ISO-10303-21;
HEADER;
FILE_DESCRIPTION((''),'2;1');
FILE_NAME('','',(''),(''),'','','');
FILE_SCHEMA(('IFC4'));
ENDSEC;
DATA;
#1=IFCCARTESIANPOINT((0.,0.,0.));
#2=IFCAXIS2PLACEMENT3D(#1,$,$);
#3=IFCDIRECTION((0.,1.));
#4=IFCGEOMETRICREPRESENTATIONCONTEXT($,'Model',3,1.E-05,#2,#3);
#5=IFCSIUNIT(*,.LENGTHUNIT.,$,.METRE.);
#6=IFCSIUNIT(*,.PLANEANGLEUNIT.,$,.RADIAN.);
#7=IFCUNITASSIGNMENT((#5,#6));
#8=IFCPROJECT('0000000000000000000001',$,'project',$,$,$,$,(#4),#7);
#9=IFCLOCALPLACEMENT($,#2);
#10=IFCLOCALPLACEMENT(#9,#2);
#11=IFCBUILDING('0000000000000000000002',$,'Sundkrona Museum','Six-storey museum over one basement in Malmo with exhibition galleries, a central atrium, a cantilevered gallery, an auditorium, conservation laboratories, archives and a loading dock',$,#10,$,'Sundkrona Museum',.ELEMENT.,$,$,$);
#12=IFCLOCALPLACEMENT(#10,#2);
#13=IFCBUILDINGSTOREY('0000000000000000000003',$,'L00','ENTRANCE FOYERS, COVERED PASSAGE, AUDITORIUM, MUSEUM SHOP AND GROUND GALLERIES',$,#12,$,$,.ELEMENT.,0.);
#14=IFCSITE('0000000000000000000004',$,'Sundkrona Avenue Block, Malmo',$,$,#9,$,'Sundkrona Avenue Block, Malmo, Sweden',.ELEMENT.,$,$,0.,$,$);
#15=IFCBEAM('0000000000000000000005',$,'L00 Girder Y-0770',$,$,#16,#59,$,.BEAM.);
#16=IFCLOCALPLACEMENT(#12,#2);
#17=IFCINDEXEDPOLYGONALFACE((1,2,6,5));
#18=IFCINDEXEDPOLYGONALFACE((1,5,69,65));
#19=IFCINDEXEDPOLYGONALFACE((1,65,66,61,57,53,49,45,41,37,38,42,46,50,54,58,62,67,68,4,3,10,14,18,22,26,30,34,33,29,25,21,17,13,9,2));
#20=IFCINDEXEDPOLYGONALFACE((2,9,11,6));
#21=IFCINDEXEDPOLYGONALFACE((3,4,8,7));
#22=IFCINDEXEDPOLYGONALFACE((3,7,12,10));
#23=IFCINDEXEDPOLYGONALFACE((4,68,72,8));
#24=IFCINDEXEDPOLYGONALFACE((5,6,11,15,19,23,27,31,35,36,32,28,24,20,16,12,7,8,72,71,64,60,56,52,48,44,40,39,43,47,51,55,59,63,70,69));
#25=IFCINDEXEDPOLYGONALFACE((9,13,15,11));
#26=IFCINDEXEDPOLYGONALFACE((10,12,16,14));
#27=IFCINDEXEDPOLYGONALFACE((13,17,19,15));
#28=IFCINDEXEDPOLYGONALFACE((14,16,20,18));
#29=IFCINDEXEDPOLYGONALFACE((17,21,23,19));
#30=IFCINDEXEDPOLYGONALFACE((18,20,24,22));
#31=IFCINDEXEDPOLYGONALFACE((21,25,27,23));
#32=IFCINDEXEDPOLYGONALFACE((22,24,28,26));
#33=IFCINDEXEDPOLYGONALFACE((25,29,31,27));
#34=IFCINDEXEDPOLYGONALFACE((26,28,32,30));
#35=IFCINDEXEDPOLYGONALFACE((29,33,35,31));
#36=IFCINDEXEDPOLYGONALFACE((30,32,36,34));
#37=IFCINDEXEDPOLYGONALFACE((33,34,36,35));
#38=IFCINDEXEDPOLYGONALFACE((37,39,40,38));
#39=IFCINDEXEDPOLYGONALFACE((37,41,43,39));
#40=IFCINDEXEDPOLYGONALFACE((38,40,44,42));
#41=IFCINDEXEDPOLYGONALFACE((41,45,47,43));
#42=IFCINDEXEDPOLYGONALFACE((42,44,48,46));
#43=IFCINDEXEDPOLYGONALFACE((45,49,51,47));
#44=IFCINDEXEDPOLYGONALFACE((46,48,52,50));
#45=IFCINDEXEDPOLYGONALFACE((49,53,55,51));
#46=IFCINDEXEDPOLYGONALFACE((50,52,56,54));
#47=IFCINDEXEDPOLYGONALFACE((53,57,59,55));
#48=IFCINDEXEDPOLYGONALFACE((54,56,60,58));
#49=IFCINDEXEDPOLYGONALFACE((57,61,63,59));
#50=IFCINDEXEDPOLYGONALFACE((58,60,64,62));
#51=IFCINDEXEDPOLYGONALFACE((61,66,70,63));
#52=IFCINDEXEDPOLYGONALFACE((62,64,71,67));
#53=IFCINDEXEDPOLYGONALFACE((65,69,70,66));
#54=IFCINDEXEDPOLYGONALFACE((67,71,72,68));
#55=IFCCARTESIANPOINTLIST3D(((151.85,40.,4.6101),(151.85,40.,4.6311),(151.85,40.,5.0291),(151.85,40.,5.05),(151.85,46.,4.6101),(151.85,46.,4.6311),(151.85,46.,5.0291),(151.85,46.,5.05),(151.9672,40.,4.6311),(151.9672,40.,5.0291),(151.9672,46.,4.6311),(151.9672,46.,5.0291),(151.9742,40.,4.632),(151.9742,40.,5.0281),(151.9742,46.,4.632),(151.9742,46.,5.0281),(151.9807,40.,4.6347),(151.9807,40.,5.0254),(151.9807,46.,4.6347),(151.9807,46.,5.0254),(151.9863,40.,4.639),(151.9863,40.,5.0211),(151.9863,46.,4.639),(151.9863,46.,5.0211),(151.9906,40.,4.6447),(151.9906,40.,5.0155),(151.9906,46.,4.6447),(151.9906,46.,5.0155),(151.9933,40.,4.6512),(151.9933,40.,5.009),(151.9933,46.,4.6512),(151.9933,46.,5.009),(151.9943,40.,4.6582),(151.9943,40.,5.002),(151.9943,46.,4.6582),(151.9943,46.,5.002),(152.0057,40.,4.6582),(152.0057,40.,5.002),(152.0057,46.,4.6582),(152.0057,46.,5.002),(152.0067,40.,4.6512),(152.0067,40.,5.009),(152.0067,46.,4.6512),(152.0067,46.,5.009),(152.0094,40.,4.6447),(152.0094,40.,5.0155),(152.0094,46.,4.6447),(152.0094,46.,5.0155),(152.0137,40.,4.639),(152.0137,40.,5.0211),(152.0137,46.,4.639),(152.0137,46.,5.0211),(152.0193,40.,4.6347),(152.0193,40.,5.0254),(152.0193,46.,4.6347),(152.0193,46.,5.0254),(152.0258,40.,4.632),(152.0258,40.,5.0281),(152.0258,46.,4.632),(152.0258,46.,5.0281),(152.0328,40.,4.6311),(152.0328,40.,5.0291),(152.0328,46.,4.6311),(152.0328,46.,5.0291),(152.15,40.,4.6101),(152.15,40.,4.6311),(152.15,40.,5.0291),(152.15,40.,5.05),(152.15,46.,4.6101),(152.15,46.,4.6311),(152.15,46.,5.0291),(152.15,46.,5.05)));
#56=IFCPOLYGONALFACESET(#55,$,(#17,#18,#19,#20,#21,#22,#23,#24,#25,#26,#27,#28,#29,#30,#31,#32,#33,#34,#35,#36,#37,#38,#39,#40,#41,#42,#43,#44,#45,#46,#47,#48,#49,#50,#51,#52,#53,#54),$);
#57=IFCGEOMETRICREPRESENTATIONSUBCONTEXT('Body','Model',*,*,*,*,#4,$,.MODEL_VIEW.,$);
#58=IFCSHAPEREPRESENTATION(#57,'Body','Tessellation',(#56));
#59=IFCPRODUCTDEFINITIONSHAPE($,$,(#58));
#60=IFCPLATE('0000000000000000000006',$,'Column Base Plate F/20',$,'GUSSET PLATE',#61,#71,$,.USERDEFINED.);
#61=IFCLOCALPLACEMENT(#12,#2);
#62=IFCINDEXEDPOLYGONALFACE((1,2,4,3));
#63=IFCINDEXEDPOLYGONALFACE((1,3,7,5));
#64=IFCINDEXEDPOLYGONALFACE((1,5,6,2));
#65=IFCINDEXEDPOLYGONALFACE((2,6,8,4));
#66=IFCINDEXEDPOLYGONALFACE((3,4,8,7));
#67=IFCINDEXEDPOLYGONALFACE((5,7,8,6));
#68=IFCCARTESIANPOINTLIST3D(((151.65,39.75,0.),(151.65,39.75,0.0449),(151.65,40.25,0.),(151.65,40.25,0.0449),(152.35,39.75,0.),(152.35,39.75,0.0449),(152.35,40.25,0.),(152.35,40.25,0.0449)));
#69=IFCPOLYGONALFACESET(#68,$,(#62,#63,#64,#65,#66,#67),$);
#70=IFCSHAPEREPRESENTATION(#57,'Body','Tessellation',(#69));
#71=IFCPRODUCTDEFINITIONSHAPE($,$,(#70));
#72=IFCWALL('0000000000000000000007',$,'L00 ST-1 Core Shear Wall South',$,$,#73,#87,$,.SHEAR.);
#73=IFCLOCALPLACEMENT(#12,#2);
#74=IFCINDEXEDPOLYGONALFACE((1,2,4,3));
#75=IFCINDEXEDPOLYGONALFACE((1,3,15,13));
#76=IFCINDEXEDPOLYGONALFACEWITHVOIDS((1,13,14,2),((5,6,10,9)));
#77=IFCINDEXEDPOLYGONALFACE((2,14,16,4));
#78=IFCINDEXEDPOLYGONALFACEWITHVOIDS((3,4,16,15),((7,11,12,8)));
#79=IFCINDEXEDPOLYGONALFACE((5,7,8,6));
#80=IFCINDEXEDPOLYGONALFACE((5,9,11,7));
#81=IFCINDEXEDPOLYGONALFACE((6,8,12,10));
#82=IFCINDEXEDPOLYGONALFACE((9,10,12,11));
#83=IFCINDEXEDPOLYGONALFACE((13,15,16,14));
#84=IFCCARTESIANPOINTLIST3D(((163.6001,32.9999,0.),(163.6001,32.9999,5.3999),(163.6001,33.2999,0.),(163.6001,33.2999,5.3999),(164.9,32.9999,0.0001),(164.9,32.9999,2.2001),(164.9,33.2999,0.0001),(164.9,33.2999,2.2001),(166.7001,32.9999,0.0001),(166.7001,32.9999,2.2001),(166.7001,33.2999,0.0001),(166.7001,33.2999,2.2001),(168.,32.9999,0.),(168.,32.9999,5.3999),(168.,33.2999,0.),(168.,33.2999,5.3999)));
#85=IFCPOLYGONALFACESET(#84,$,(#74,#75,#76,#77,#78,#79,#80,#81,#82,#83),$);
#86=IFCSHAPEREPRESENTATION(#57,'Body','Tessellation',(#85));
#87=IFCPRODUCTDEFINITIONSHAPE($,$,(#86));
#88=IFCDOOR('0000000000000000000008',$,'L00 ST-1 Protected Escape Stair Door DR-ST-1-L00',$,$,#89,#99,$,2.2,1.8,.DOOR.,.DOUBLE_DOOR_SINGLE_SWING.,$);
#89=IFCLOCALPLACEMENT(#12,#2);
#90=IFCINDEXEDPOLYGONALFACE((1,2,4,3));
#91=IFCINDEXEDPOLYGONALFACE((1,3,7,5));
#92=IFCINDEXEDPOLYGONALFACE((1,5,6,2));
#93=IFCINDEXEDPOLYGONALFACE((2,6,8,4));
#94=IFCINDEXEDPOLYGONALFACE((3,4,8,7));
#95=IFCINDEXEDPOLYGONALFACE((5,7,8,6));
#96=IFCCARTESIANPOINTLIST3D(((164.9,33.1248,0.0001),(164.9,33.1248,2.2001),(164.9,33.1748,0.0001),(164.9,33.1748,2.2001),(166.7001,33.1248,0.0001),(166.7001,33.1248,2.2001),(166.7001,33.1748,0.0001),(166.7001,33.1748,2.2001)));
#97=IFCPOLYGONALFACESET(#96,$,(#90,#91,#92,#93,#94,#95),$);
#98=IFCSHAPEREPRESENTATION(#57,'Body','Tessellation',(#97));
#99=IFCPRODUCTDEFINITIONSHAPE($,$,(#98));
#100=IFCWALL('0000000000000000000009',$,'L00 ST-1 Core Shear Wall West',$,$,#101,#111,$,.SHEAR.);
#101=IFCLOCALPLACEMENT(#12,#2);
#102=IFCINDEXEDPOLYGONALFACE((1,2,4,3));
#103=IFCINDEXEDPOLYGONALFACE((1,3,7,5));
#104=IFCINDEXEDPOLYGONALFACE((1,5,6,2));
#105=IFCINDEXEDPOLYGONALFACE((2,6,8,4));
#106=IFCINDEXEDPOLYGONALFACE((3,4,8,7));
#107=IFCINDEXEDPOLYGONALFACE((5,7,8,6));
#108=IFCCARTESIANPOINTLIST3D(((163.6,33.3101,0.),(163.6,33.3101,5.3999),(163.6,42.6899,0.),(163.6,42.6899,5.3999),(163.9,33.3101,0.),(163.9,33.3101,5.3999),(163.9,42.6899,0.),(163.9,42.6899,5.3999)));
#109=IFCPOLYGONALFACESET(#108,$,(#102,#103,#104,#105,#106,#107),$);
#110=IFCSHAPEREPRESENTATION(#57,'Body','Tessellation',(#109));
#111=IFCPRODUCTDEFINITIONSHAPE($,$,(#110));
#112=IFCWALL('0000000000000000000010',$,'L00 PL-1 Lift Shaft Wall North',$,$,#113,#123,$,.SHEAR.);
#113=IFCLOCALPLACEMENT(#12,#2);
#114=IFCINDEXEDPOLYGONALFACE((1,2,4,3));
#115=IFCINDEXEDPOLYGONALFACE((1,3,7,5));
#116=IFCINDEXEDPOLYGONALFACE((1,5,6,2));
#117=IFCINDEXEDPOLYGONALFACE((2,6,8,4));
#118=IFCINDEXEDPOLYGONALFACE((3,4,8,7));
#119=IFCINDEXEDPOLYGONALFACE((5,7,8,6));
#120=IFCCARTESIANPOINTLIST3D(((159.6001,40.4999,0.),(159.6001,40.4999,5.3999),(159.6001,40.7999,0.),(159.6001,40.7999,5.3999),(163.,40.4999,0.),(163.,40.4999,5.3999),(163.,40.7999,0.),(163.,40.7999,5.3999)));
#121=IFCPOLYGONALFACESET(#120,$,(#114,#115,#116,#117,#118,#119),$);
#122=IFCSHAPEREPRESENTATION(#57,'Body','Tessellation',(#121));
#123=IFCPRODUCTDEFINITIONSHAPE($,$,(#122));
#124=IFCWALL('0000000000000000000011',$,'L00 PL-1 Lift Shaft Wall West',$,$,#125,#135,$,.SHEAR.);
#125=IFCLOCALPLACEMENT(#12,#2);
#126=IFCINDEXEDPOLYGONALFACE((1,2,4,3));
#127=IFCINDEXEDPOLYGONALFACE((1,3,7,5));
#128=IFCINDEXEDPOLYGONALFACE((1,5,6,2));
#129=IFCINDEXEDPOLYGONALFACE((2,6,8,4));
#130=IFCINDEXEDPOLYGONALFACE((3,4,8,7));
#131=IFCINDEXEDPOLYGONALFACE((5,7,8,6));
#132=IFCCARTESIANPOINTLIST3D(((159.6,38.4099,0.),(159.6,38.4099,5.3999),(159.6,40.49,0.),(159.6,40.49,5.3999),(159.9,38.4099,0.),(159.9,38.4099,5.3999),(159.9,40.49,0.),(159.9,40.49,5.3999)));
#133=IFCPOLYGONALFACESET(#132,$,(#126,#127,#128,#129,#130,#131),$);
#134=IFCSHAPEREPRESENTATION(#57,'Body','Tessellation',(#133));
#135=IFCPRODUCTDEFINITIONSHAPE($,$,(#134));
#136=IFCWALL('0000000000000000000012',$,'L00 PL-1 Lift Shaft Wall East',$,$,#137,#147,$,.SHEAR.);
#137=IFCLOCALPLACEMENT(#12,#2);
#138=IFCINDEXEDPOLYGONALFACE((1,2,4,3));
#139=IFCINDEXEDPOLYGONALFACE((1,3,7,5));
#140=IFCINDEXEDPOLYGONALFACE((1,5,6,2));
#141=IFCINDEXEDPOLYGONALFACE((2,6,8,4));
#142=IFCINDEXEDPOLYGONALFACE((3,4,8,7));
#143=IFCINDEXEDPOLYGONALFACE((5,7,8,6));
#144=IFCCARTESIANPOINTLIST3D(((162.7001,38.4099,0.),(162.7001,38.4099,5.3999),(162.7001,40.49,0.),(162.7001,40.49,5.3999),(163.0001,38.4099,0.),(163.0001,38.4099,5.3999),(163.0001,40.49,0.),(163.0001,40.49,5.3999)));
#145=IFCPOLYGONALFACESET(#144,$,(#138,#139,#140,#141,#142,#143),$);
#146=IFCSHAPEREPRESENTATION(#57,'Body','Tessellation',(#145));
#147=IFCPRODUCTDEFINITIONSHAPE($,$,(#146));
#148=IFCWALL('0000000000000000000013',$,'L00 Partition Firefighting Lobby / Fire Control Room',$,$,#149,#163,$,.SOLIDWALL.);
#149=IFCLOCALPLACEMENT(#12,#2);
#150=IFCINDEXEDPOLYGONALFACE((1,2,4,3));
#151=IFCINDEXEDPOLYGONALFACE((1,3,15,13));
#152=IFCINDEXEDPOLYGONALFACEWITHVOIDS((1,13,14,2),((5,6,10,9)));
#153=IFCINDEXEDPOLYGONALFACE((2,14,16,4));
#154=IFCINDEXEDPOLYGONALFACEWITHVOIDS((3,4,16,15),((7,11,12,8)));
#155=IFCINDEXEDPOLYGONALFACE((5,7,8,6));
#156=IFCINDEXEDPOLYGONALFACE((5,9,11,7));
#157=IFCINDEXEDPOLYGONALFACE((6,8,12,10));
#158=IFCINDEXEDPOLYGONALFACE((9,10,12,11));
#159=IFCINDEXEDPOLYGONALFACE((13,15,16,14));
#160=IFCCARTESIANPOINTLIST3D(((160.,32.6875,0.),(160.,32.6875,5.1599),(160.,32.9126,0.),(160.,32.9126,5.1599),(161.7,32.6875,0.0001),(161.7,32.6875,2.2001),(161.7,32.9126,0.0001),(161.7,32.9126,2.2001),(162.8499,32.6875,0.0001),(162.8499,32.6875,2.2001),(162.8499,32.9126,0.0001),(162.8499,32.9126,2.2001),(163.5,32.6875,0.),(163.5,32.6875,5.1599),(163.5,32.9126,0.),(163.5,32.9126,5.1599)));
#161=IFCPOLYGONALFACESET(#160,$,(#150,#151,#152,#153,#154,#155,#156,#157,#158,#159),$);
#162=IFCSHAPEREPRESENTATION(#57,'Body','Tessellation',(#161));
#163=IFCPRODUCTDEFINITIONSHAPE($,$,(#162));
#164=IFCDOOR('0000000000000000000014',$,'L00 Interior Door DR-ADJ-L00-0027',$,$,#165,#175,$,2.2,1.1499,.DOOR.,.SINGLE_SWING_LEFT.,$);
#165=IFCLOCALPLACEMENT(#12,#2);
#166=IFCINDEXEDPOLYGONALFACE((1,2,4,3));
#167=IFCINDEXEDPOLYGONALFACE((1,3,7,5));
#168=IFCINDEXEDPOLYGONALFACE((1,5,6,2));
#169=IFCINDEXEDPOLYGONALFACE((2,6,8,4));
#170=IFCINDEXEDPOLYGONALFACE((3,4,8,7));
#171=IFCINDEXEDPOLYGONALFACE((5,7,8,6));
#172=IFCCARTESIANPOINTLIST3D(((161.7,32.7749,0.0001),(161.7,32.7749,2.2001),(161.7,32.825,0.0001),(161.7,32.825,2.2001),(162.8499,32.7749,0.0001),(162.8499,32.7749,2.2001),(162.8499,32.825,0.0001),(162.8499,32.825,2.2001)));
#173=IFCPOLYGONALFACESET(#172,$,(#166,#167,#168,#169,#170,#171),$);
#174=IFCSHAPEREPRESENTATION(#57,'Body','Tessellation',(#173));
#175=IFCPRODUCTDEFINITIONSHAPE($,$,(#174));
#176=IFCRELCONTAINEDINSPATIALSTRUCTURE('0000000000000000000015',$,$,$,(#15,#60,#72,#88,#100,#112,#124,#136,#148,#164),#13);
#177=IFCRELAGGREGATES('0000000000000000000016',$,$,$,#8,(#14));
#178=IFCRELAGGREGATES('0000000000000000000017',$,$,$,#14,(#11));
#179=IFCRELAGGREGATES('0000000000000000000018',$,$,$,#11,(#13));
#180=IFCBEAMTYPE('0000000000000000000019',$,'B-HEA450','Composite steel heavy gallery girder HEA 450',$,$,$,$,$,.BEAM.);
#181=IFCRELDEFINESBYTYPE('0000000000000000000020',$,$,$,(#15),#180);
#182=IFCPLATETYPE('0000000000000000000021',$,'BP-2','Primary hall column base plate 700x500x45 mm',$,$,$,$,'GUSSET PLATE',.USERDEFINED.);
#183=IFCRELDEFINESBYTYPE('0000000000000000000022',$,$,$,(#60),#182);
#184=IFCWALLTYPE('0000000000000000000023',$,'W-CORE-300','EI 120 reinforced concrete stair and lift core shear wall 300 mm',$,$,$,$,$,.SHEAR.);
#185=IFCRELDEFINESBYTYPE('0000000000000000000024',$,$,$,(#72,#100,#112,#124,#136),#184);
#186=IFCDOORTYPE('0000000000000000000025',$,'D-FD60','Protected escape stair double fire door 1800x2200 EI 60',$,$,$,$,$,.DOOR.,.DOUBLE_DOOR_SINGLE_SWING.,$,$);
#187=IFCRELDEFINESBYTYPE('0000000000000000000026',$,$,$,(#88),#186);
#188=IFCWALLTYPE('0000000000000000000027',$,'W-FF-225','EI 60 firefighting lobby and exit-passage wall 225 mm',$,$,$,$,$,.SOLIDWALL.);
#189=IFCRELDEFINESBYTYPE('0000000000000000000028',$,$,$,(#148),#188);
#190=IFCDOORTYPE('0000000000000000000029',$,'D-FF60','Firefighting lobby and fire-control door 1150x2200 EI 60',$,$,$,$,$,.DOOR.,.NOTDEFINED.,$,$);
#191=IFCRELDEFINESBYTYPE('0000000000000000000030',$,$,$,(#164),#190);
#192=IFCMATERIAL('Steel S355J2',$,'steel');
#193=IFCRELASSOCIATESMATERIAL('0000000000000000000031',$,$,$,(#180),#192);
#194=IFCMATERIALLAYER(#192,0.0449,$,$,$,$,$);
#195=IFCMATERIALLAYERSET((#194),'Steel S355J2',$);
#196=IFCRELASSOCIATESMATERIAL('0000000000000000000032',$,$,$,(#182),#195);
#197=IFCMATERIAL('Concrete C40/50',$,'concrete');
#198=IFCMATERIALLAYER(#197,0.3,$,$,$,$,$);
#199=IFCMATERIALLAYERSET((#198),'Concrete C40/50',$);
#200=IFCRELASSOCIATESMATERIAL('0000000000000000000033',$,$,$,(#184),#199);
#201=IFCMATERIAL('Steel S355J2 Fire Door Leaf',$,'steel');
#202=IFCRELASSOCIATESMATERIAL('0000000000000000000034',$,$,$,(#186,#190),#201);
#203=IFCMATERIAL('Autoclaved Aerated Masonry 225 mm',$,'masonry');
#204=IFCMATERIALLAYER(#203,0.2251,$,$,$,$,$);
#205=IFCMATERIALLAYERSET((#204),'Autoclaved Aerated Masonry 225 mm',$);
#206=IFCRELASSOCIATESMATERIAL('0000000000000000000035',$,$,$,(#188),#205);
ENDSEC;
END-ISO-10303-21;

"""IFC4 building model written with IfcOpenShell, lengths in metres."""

from ifc_helpers import new_model, si_unit, direction, frame, frame_2d, origin, origin_2d, place, context, subcontext, project, spatial, rectangle, i_section, extrude, material, layer, layer_set, material_profile, profile_set, type_object, element, fill, save


model = new_model("IFC4")

# Units and contexts
model_context = context("Model", 3, precision=1e-05, world=origin(), true_north=direction((0.0, 1.0)))
body_context = subcontext(model_context, "Body", "Model", "MODEL_VIEW")
ifc_project = project(units=[si_unit("LENGTHUNIT", "METRE"), si_unit("PLANEANGLEUNIT", "RADIAN")], contexts=[model_context])

# Site, building, storey
site_placement = place(None, origin())
site = spatial("IfcSite", under=ifc_project, at=site_placement, Name="Sundkrona Avenue Block, Malmo", LongName="Sundkrona Avenue Block, Malmo, Sweden", CompositionType="ELEMENT", RefElevation=0.0)
building_placement = place(site_placement, origin())
building = spatial("IfcBuilding", under=site, at=building_placement, Name="Sundkrona Museum", Description="Six-storey museum over one basement in Malmo with exhibition galleries, a central atrium, a cantilevered gallery, an auditorium, conservation laboratories, archives and a loading dock", LongName="Sundkrona Museum", CompositionType="ELEMENT")
storey_placement = place(building_placement, origin())
storey = spatial("IfcBuildingStorey", under=building, at=storey_placement, Name="L00", Description="ENTRANCE FOYERS, COVERED PASSAGE, AUDITORIUM, MUSEUM SHOP AND GROUND GALLERIES", CompositionType="ELEMENT", Elevation=0.0)

# Beam
ifc_material_1 = material(Name="Steel S355J2", Category="steel")
ifc_material_profile = material_profile(ifc_material_1, i_section(OverallWidth=0.3, OverallDepth=0.4399, WebThickness=0.0115, FlangeThickness=0.021, FilletRadius=0.0271, at=origin_2d()), Name="HEA 450")
ifc_profile_set = profile_set([ifc_material_profile], Name="Steel S355J2")
beam_type = type_object("IfcBeamType", Name="B-HEA450", Description="Composite steel heavy gallery girder HEA 450", PredefinedType="BEAM", material=ifc_profile_set)
beam_placement = place(storey_placement, frame((152.0, 40.0, 4.8301), z_axis=(0.0, 1.0, 0.0), x_axis=(-1.0, 0.0, 0.0)))
element("IfcBeam", 1, at=beam_placement, inside=storey, type_object=beam_type, Name="L00 Girder Y-0770", PredefinedType="BEAM", context=body_context, shape_type="SweptSolid", body=[
    extrude(i_section(OverallWidth=0.3, OverallDepth=0.4399, WebThickness=0.0115, FlangeThickness=0.021, FilletRadius=0.0271, at=origin_2d()), origin(), (0.0, 0.0, 1.0), 6.0),
])

# Plate
ifc_layer_1 = layer(ifc_material_1, 0.0449)
ifc_layer_set_1 = layer_set([ifc_layer_1], Name="Steel S355J2")
plate_type = type_object("IfcPlateType", Name="BP-2", Description="Primary hall column base plate 700x500x45 mm", ElementType="GUSSET PLATE", PredefinedType="USERDEFINED", material=ifc_layer_set_1)
plate_placement = place(storey_placement, frame((152.0, 40.0, 0.0), z_axis=(0.0, 0.0, 1.0), x_axis=(1.0, 0.0, 0.0)))
element("IfcPlate", 2, at=plate_placement, inside=storey, type_object=plate_type, Name="Column Base Plate F/20", ObjectType="GUSSET PLATE", PredefinedType="USERDEFINED", context=body_context, shape_type="SweptSolid", body=[
    extrude(rectangle(XDim=0.7, YDim=0.5, at=origin_2d()), origin(), (0.0, 0.0, 1.0), 0.0449),
])

# Wall, opening, door
ifc_material_2 = material(Name="Concrete C40/50", Category="concrete")
ifc_layer_2 = layer(ifc_material_2, 0.3)
ifc_layer_set_2 = layer_set([ifc_layer_2], Name="Concrete C40/50")
wall_type_1 = type_object("IfcWallType", Name="W-CORE-300", Description="EI 120 reinforced concrete stair and lift core shear wall 300 mm", PredefinedType="SHEAR", material=ifc_layer_set_2)
wall_1_placement = place(storey_placement, frame((163.6001, 33.1499, 0.0), z_axis=(0.0, 0.0, 1.0), x_axis=(1.0, 0.0, 0.0)))
wall_1 = element("IfcWall", 3, at=wall_1_placement, inside=storey, type_object=wall_type_1, Name="L00 ST-1 Core Shear Wall South", PredefinedType="SHEAR", context=body_context, shape_type="SweptSolid", body=[
    extrude(rectangle(XDim=4.3999, YDim=0.3, at=frame_2d((2.2, 0.0))), origin(), (0.0, 0.0, 1.0), 5.3999),
])
opening_1_placement = place(wall_1_placement, frame((1.3, 0.0, 0.0)))
opening_1 = element("IfcOpeningElement", 4, at=opening_1_placement, cuts=wall_1, PredefinedType="OPENING", context=body_context, shape_type="SweptSolid", body=[
    extrude(rectangle(XDim=1.8, YDim=2.2, at=frame_2d((0.8999, 1.1001))), frame((0.0, 0.1599, 0.0), z_axis=(0.0, -1.0, 0.0), x_axis=(1.0, 0.0, 0.0)), (0.0, 0.0, 1.0), 0.3201),
])
ifc_material_3 = material(Name="Steel S355J2 Fire Door Leaf", Category="steel")
door_type_1 = type_object("IfcDoorType", Name="D-FD60", Description="Protected escape stair double fire door 1800x2200 EI 60", OperationType="DOUBLE_DOOR_SINGLE_SWING", PredefinedType="DOOR", material=ifc_material_3)
door_1_placement = place(opening_1_placement, origin())
door_1 = element("IfcDoor", 5, at=door_1_placement, inside=storey, type_object=door_type_1, Name="L00 ST-1 Protected Escape Stair Door DR-ST-1-L00", OperationType="DOUBLE_DOOR_SINGLE_SWING", OverallHeight=2.2, OverallWidth=1.8, PredefinedType="DOOR", context=body_context, shape_type="SweptSolid", body=[
    extrude(rectangle(XDim=1.8, YDim=2.2, at=frame_2d((0.8999, 1.1001))), frame((0.0, 0.0249, 0.0), z_axis=(0.0, -1.0, 0.0), x_axis=(1.0, 0.0, 0.0)), (0.0, 0.0, 1.0), 0.05),
])
fill(opening_1, door_1)

# Wall
wall_2_placement = place(storey_placement, frame((163.75, 33.3101, 0.0), z_axis=(0.0, 0.0, 1.0), x_axis=(0.0, 1.0, 0.0)))
element("IfcWall", 6, at=wall_2_placement, inside=storey, type_object=wall_type_1, Name="L00 ST-1 Core Shear Wall West", PredefinedType="SHEAR", context=body_context, shape_type="SweptSolid", body=[
    extrude(rectangle(XDim=9.3799, YDim=0.3, at=frame_2d((4.6899, 0.0))), origin(), (0.0, 0.0, 1.0), 5.3999),
])

# Walls
wall_3_placement = place(storey_placement, frame((159.6001, 40.6499, 0.0), z_axis=(0.0, 0.0, 1.0), x_axis=(1.0, 0.0, 0.0)))
element("IfcWall", 7, at=wall_3_placement, inside=storey, type_object=wall_type_1, Name="L00 PL-1 Lift Shaft Wall North", PredefinedType="SHEAR", context=body_context, shape_type="SweptSolid", body=[
    extrude(rectangle(XDim=3.3999, YDim=0.3, at=frame_2d((1.7, 0.0))), origin(), (0.0, 0.0, 1.0), 5.3999),
])
for number, where, z_axis, x_axis, name in (
    (8, (159.75, 38.4099, 0.0), (0.0, 0.0, 1.0), (0.0, 1.0, 0.0), "L00 PL-1 Lift Shaft Wall West"),
    (9, (162.8501, 38.4099, 0.0), (0.0, 0.0, 1.0), (0.0, 1.0, 0.0), "L00 PL-1 Lift Shaft Wall East"),
):
    element("IfcWall", number, at=place(storey_placement, frame(where, z_axis=z_axis, x_axis=x_axis)), inside=storey, type_object=wall_type_1, Name=name, PredefinedType="SHEAR", context=body_context, shape_type="SweptSolid", body=[
        extrude(rectangle(XDim=2.0801, YDim=0.3, at=frame_2d((1.04, 0.0))), origin(), (0.0, 0.0, 1.0), 5.3999),
    ])

# Wall, opening, door
ifc_material_4 = material(Name="Autoclaved Aerated Masonry 225 mm", Category="masonry")
ifc_layer_3 = layer(ifc_material_4, 0.2251)
ifc_layer_set_3 = layer_set([ifc_layer_3], Name="Autoclaved Aerated Masonry 225 mm")
wall_type_2 = type_object("IfcWallType", Name="W-FF-225", Description="EI 60 firefighting lobby and exit-passage wall 225 mm", PredefinedType="SOLIDWALL", material=ifc_layer_set_3)
wall_4_placement = place(storey_placement, frame((160.0, 32.8, 0.0), z_axis=(0.0, 0.0, 1.0), x_axis=(1.0, 0.0, 0.0)))
wall_4 = element("IfcWall", 10, at=wall_4_placement, inside=storey, type_object=wall_type_2, Name="L00 Partition Firefighting Lobby / Fire Control Room", PredefinedType="SOLIDWALL", context=body_context, shape_type="SweptSolid", body=[
    extrude(rectangle(XDim=3.5, YDim=0.2251, at=frame_2d((1.75, 0.0))), origin(), (0.0, 0.0, 1.0), 5.1599),
])
opening_2_placement = place(wall_4_placement, frame((1.7, 0.0, 0.0)))
opening_2 = element("IfcOpeningElement", 11, at=opening_2_placement, cuts=wall_4, PredefinedType="OPENING", context=body_context, shape_type="SweptSolid", body=[
    extrude(rectangle(XDim=1.1499, YDim=2.2, at=frame_2d((0.575, 1.1001))), frame((0.0, 0.1226, 0.0), z_axis=(0.0, -1.0, 0.0), x_axis=(1.0, 0.0, 0.0)), (0.0, 0.0, 1.0), 0.2451),
])
door_type_2 = type_object("IfcDoorType", Name="D-FF60", Description="Firefighting lobby and fire-control door 1150x2200 EI 60", OperationType="NOTDEFINED", PredefinedType="DOOR", material=ifc_material_3)
door_2_placement = place(opening_2_placement, origin())
door_2 = element("IfcDoor", 12, at=door_2_placement, inside=storey, type_object=door_type_2, Name="L00 Interior Door DR-ADJ-L00-0027", OperationType="SINGLE_SWING_LEFT", OverallHeight=2.2, OverallWidth=1.1499, PredefinedType="DOOR", context=body_context, shape_type="SweptSolid", body=[
    extrude(rectangle(XDim=1.1499, YDim=2.2, at=frame_2d((0.575, 1.1001))), frame((0.0, 0.0249, 0.0), z_axis=(0.0, -1.0, 0.0), x_axis=(1.0, 0.0, 0.0)), (0.0, 0.0, 1.0), 0.05),
])
fill(opening_2, door_2)

save(model, "model.ifc")
